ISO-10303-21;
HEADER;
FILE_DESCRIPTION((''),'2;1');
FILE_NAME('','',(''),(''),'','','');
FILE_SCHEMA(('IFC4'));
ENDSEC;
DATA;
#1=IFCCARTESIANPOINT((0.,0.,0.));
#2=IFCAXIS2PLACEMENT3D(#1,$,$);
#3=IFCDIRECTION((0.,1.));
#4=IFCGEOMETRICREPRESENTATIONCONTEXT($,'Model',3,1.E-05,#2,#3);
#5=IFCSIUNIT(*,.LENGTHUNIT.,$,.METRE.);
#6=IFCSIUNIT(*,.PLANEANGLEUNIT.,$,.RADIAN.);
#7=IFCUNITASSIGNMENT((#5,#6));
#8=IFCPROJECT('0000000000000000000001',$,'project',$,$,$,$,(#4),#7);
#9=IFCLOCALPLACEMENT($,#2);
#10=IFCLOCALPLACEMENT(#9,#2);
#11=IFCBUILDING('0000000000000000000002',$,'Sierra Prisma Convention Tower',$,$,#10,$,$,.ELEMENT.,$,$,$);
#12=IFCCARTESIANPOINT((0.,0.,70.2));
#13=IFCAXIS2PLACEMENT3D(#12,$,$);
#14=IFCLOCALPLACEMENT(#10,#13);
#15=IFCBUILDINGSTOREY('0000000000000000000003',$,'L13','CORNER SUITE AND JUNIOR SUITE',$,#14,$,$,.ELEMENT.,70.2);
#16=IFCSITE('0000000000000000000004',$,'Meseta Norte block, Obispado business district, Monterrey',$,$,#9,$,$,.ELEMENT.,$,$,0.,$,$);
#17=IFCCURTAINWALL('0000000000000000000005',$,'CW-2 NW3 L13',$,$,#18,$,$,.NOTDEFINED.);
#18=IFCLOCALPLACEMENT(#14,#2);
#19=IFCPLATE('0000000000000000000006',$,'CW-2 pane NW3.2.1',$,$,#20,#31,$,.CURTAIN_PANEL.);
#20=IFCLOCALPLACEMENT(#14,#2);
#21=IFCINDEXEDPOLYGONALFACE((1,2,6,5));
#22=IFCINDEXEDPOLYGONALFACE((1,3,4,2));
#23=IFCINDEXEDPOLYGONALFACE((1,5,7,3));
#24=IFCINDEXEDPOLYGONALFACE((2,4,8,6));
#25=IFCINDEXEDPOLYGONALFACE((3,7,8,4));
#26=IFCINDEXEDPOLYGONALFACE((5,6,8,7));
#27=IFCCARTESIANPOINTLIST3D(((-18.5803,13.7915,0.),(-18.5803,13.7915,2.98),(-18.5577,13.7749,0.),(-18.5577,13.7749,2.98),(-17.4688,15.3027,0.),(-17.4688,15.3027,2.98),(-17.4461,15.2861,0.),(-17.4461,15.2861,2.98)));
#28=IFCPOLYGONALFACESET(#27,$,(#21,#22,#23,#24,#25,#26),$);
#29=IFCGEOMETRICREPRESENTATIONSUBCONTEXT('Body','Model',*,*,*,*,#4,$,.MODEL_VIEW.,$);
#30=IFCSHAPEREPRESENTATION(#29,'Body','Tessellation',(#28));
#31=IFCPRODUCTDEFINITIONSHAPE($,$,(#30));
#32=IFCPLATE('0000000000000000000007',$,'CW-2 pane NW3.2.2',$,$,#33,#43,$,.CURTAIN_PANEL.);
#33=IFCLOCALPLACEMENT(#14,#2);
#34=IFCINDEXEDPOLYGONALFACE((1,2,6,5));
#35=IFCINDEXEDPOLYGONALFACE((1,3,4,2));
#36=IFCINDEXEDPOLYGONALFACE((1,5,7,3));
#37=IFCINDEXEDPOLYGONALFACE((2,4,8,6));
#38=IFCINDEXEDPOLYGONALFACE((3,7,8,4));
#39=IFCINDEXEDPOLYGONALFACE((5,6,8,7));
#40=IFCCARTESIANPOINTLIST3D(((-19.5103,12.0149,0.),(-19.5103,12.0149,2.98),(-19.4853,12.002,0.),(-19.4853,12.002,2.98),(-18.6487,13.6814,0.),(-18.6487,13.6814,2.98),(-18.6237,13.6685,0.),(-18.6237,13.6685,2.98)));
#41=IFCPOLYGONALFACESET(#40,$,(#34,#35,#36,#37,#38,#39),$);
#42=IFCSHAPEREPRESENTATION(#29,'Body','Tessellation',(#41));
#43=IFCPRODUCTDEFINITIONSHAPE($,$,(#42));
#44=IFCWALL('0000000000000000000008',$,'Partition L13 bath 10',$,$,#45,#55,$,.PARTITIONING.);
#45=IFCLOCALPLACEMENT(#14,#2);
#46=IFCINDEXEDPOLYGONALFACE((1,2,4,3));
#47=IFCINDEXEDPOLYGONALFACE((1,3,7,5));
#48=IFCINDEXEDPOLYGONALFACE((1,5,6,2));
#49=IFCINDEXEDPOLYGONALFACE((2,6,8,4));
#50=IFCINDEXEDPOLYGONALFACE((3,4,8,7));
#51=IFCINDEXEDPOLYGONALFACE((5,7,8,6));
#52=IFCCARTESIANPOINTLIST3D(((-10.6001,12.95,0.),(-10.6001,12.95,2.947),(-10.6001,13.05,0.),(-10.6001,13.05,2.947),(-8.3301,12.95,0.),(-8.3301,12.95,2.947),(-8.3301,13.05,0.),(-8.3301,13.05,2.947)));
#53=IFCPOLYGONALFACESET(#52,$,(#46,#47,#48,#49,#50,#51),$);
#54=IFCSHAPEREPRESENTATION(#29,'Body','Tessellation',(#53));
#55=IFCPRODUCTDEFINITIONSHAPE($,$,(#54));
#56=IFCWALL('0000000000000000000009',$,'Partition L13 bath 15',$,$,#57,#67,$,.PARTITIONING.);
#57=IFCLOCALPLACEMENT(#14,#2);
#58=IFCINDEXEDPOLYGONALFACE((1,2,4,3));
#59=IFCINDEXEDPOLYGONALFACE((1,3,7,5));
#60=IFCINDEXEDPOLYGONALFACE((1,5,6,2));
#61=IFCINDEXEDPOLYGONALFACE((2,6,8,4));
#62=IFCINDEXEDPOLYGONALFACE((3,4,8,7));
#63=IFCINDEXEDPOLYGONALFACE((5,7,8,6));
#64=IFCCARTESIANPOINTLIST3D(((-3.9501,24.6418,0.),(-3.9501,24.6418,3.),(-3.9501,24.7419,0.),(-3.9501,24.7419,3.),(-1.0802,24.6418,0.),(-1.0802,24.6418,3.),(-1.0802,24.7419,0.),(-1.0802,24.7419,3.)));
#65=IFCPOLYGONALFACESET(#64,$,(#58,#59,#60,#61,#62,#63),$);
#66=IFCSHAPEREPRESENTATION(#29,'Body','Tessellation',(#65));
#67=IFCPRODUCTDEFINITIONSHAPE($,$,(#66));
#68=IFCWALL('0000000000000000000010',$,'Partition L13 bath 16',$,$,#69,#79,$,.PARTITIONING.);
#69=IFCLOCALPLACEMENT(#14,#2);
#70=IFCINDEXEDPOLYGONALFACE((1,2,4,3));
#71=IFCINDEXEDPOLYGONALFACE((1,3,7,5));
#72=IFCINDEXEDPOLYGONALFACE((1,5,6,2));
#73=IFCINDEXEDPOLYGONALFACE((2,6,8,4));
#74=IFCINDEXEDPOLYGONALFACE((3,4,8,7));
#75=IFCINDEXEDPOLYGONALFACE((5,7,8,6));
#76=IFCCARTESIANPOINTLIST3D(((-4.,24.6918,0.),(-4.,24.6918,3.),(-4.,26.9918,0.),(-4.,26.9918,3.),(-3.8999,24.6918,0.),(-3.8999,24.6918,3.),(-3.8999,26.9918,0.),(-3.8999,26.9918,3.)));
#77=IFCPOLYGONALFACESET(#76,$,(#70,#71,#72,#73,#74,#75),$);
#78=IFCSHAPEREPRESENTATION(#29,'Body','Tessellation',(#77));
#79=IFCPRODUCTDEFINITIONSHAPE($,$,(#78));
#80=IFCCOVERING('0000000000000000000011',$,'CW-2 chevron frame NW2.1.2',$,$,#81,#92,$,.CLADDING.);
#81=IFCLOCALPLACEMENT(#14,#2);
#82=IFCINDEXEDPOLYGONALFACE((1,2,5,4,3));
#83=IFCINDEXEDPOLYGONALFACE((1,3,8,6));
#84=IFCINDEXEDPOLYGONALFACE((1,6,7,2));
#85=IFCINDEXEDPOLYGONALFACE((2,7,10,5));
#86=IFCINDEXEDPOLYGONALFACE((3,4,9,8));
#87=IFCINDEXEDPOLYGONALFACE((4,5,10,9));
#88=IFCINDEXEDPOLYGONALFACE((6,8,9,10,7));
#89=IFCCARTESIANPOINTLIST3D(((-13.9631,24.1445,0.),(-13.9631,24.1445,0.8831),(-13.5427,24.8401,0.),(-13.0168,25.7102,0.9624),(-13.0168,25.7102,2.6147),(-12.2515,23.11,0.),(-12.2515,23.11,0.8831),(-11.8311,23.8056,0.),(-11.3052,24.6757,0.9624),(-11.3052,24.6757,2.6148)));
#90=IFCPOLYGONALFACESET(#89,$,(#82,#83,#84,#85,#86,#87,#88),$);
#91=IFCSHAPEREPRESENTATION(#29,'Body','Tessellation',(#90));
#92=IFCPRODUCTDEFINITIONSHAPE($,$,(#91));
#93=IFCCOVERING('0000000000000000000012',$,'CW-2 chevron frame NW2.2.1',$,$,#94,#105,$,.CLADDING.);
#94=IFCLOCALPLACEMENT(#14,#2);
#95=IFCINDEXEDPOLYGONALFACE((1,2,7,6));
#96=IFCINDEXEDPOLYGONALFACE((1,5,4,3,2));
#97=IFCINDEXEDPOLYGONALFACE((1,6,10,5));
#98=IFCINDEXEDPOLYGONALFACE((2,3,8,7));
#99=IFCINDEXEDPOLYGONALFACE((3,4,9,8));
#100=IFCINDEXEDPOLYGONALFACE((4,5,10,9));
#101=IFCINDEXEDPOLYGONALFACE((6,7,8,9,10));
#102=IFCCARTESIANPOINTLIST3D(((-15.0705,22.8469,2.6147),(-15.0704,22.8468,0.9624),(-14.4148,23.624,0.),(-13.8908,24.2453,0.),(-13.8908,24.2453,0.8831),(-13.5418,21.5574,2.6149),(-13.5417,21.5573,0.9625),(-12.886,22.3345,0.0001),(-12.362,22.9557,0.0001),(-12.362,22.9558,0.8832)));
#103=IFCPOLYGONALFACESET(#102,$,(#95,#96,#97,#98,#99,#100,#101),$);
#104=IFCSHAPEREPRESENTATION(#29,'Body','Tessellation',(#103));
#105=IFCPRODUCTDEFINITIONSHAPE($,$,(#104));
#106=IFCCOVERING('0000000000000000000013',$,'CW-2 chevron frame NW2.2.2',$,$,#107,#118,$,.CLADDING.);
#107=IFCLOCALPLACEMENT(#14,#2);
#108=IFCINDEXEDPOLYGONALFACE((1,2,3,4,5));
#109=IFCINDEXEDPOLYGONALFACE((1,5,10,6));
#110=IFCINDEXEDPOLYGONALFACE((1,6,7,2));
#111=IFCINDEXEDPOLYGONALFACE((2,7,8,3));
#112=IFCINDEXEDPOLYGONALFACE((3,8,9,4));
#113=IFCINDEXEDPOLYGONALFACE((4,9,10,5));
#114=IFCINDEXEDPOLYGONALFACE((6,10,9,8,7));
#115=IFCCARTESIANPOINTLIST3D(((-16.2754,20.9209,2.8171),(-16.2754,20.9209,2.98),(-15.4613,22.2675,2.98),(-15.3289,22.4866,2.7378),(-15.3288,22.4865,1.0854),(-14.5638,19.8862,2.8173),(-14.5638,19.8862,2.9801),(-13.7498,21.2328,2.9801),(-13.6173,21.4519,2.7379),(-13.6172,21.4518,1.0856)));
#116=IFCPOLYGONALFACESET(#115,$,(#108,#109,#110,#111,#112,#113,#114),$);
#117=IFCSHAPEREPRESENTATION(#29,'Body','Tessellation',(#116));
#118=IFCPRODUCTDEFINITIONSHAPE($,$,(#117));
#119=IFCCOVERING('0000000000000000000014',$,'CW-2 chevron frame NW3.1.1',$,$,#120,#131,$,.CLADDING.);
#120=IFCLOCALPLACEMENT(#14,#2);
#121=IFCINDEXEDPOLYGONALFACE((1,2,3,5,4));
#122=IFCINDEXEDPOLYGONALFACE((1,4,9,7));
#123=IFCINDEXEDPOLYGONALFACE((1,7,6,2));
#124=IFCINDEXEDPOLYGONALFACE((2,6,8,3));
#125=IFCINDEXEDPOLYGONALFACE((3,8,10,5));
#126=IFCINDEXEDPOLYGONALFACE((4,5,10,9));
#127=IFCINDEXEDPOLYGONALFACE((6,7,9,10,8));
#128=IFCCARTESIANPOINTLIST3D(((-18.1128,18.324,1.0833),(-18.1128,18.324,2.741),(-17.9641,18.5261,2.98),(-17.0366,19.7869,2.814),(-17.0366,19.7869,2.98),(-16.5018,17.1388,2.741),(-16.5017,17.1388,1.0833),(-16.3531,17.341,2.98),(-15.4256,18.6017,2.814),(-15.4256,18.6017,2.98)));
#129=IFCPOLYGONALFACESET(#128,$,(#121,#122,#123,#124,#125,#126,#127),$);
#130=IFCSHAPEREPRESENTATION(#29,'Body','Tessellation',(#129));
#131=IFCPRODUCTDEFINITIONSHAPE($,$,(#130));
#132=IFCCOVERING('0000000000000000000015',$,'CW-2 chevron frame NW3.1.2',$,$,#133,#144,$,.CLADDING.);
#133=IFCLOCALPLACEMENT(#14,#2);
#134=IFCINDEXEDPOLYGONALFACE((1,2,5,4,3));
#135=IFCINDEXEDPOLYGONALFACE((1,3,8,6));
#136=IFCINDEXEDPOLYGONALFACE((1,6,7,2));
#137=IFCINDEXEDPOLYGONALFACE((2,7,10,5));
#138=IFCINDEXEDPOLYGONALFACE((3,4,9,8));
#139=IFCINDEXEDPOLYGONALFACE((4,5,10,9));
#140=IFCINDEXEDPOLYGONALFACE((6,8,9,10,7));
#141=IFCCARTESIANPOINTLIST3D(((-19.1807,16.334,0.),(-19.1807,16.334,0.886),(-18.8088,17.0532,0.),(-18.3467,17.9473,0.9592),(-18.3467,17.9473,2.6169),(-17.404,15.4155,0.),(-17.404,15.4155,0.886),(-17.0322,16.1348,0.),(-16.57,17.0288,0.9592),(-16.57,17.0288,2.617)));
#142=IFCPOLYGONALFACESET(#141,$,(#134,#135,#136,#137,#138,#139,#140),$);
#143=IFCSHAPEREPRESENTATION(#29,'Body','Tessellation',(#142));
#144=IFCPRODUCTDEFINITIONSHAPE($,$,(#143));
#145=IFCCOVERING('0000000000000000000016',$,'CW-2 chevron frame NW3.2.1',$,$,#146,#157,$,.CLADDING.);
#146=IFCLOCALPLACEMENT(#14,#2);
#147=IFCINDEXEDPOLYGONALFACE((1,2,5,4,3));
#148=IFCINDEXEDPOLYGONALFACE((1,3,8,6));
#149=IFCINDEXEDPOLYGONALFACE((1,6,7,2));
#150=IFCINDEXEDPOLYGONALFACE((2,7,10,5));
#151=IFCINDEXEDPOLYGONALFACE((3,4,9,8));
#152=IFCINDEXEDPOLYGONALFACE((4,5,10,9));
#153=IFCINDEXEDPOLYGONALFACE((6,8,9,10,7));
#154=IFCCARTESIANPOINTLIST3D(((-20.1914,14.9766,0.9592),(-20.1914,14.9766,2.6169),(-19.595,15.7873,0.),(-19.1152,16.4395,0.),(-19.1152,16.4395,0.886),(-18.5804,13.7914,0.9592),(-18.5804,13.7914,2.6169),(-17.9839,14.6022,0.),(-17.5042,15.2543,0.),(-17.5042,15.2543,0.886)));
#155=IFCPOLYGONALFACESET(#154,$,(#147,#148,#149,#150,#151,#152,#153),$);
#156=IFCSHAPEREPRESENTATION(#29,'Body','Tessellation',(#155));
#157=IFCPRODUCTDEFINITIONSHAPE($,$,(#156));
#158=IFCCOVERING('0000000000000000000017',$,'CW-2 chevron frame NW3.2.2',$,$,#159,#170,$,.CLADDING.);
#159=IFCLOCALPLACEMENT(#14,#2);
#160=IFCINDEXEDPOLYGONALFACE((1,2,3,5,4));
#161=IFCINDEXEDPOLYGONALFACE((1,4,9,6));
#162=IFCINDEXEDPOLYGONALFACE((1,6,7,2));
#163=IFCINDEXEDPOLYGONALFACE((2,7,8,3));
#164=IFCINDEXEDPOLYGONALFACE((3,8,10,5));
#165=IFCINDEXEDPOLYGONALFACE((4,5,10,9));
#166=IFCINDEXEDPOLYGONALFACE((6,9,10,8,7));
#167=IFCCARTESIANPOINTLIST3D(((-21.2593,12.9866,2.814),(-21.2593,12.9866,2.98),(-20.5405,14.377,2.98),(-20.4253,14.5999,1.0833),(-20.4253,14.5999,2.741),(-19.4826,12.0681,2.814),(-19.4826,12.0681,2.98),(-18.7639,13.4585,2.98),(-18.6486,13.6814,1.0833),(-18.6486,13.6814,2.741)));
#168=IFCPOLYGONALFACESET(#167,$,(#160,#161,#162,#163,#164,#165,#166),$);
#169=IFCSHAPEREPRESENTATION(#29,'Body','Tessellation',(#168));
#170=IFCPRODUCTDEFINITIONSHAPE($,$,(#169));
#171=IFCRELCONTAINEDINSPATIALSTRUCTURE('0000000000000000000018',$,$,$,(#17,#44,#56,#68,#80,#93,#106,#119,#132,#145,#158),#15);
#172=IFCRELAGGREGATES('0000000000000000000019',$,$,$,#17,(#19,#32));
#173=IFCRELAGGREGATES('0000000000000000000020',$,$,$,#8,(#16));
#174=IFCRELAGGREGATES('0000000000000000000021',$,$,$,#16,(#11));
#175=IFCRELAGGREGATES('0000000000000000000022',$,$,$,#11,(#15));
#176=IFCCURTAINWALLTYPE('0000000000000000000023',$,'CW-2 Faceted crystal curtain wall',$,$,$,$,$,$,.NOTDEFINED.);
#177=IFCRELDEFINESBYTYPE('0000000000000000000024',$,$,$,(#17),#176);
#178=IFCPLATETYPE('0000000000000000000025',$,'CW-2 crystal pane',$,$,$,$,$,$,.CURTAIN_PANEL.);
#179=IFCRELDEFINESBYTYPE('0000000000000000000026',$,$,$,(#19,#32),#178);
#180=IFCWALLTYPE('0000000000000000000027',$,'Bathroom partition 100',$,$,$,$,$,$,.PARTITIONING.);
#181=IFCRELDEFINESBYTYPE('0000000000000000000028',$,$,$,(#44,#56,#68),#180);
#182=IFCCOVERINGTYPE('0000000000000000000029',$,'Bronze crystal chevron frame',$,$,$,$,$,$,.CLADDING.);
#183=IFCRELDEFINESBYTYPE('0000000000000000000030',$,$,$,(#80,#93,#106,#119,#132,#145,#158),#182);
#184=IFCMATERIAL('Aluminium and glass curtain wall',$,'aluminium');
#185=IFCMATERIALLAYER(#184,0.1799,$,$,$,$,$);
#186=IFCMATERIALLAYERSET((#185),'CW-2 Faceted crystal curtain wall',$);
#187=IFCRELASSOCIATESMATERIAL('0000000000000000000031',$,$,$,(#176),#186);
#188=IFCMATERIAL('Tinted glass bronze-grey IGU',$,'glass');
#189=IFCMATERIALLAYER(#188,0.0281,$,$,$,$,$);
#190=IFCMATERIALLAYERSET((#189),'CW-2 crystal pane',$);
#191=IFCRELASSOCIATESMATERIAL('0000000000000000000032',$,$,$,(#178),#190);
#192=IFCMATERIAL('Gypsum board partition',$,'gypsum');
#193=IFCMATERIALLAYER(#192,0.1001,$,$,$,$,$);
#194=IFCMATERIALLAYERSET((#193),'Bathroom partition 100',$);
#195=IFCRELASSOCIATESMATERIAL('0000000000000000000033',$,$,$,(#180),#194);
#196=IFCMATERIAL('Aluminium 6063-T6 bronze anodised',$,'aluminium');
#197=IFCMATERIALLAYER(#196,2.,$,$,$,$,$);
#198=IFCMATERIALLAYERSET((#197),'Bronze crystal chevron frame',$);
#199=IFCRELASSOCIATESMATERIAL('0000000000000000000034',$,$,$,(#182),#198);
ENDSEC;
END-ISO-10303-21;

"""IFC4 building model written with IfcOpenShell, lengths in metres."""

from ifc_helpers import new_model, si_unit, direction, frame, frame_2d, origin, place, context, subcontext, project, spatial, polyline, rectangle, outline, extrude, material, layer, layer_set, type_object, element, aggregate, save


model = new_model("IFC4")

# Units and contexts
model_context = context("Model", 3, precision=1e-05, world=origin(), true_north=direction((0.0, 1.0)))
body_context = subcontext(model_context, "Body", "Model", "MODEL_VIEW")
ifc_project = project(units=[si_unit("LENGTHUNIT", "METRE"), si_unit("PLANEANGLEUNIT", "RADIAN")], contexts=[model_context])

# Site, building, storey
site_placement = place(None, origin())
site = spatial("IfcSite", under=ifc_project, at=site_placement, Name="Meseta Norte block, Obispado business district, Monterrey", CompositionType="ELEMENT", RefElevation=0.0)
building_placement = place(site_placement, origin())
building = spatial("IfcBuilding", under=site, at=building_placement, Name="Sierra Prisma Convention Tower", CompositionType="ELEMENT")
storey_placement = place(building_placement, frame((0.0, 0.0, 70.2)))
storey = spatial("IfcBuildingStorey", under=building, at=storey_placement, Name="L13", Description="CORNER SUITE AND JUNIOR SUITE", CompositionType="ELEMENT", Elevation=70.2)

# Curtain wall
ifc_material_1 = material(Name="Aluminium and glass curtain wall", Category="aluminium")
ifc_layer_1 = layer(ifc_material_1, 0.1799)
ifc_layer_set_1 = layer_set([ifc_layer_1], Name="CW-2 Faceted crystal curtain wall")
curtain_wall_type = type_object("IfcCurtainWallType", Name="CW-2 Faceted crystal curtain wall", PredefinedType="NOTDEFINED", material=ifc_layer_set_1)
curtain_wall_1_placement = place(storey_placement, origin())
curtain_wall_1 = element("IfcCurtainWall", 1, at=curtain_wall_1_placement, inside=storey, type_object=curtain_wall_type, Name="CW-2 NW3 L13", PredefinedType="NOTDEFINED")

# Plates
ifc_material_2 = material(Name="Tinted glass bronze-grey IGU", Category="glass")
ifc_layer_2 = layer(ifc_material_2, 0.0281)
ifc_layer_set_2 = layer_set([ifc_layer_2], Name="CW-2 crystal pane")
plate_type = type_object("IfcPlateType", Name="CW-2 crystal pane", PredefinedType="CURTAIN_PANEL", material=ifc_layer_set_2)
plate_1_placement = place(storey_placement, frame((-17.4688, 15.3027, 0.0), z_axis=(-0.805556, 0.59252, 0.0), x_axis=(-0.59252, -0.805556, 0.0)))
plate_1 = element("IfcPlate", 2, at=plate_1_placement, type_object=plate_type, Name="CW-2 pane NW3.2.1", PredefinedType="CURTAIN_PANEL", context=body_context, shape_type="SweptSolid", body=[
    extrude(outline(polyline([(0.0, 0.0), (1.876, 0.0), (1.876, 2.98), (0.0, 2.98), (0.0, 0.0)])), origin(), (0.0, 0.0, -1.0), 0.0281),
])
plate_2_placement = place(storey_placement, frame((-19.5103, 12.0149, 0.0), z_axis=(-0.888307, 0.459249, 0.0), x_axis=(0.459249, 0.888307, 0.0)))
plate_2 = element("IfcPlate", 3, at=plate_2_placement, type_object=plate_type, Name="CW-2 pane NW3.2.2", PredefinedType="CURTAIN_PANEL", context=body_context, shape_type="SweptSolid", body=[
    extrude(outline(polyline([(0.0, 0.0), (1.876, 0.0), (1.876, -2.98), (0.0, -2.98), (0.0, 0.0)])), origin(), (0.0, 0.0, -1.0), 0.0281),
])
aggregate(curtain_wall_1, [plate_1, plate_2])

# Walls
ifc_material_3 = material(Name="Gypsum board partition", Category="gypsum")
ifc_layer_3 = layer(ifc_material_3, 0.1001)
ifc_layer_set_3 = layer_set([ifc_layer_3], Name="Bathroom partition 100")
wall_type = type_object("IfcWallType", Name="Bathroom partition 100", PredefinedType="PARTITIONING", material=ifc_layer_set_3)
wall_1_placement = place(storey_placement, frame((-10.6001, 13.0, 0.0), z_axis=(0.0, 0.0, 1.0), x_axis=(1.0, 0.0, 0.0)))
element("IfcWall", 4, at=wall_1_placement, inside=storey, type_object=wall_type, Name="Partition L13 bath 10", PredefinedType="PARTITIONING", context=body_context, shape_type="SweptSolid", body=[
    extrude(rectangle(XDim=2.27, YDim=0.1001, at=frame_2d((1.135, 0.0))), origin(), (0.0, 0.0, 1.0), 2.947),
])
wall_2_placement = place(storey_placement, frame((-1.0801, 24.6919, 0.0), z_axis=(0.0, 0.0, 1.0), x_axis=(-1.0, 0.0, 0.0)))
element("IfcWall", 5, at=wall_2_placement, inside=storey, type_object=wall_type, Name="Partition L13 bath 15", PredefinedType="PARTITIONING", context=body_context, shape_type="SweptSolid", body=[
    extrude(rectangle(XDim=2.8699, YDim=0.1001, at=frame_2d((1.4351, 0.0))), origin(), (0.0, 0.0, 1.0), 3.0),
])
wall_3_placement = place(storey_placement, frame((-3.95, 24.6919, 0.0), z_axis=(0.0, 0.0, 1.0), x_axis=(0.0, 1.0, 0.0)))
element("IfcWall", 6, at=wall_3_placement, inside=storey, type_object=wall_type, Name="Partition L13 bath 16", PredefinedType="PARTITIONING", context=body_context, shape_type="SweptSolid", body=[
    extrude(rectangle(XDim=2.3, YDim=0.1001, at=frame_2d((1.1499, 0.0))), origin(), (0.0, 0.0, 1.0), 3.0),
])

# Coverings
ifc_material_4 = material(Name="Aluminium 6063-T6 bronze anodised", Category="aluminium")
ifc_layer_4 = layer(ifc_material_4, 2.0)
ifc_layer_set_4 = layer_set([ifc_layer_4], Name="Bronze crystal chevron frame")
covering_type = type_object("IfcCoveringType", Name="Bronze crystal chevron frame", PredefinedType="CLADDING", material=ifc_layer_set_4)
covering_1_placement = place(storey_placement, frame((-13.0168, 25.7102, 2.6147), z_axis=(-0.855827, 0.517263, -0.000005), x_axis=(0.000004, -0.000003, -1.0)))
element("IfcCovering", 7, at=covering_1_placement, inside=storey, type_object=covering_type, Name="CW-2 chevron frame NW2.1.2", PredefinedType="CLADDING", context=body_context, shape_type="SweptSolid", body=[
    extrude(outline(polyline([(0.0, 0.0), (1.6523, 0.0), (2.6147, 1.0167), (2.6147, 1.8294), (1.7317, 1.8294), (0.0, 0.0)])), origin(), (0.0, 0.0, -1.0), 2.0),
])
covering_2_placement = place(storey_placement, frame((-14.4148, 23.624, 0.0), z_axis=(-0.764376, 0.64477, -0.000057), x_axis=(-0.468308, -0.55512, 0.687408)))
element("IfcCovering", 8, at=covering_2_placement, inside=storey, type_object=covering_type, Name="CW-2 chevron frame NW2.2.1", PredefinedType="CLADDING", context=body_context, shape_type="SweptSolid", body=[
    extrude(outline(polyline([(0.0, 0.0), (1.4, 0.0), (2.5359, 1.2), (0.0167, 1.2), (-0.5903, 0.5587), (0.0, 0.0)])), origin(), (0.0, 0.0, -1.0), 2.0),
])
covering_3_placement = place(storey_placement, frame((-16.2754, 20.9209, 2.98), z_axis=(-0.855774, 0.51735, -0.000074), x_axis=(0.51735, 0.855774, 0.0)))
element("IfcCovering", 9, at=covering_3_placement, inside=storey, type_object=covering_type, Name="CW-2 chevron frame NW2.2.2", PredefinedType="CLADDING", context=body_context, shape_type="SweptSolid", body=[
    extrude(outline(polyline([(0.0, 0.0), (1.5736, 0.0), (1.8296, 0.2422), (1.8296, 1.8945), (0.0, 0.1628), (0.0, 0.0)])), origin(), (0.0, 0.0, -1.0), 2.0),
])
covering_4_placement = place(storey_placement, frame((-17.0366, 19.7869, 2.98), z_axis=(-0.805514, 0.592576, -0.000011), x_axis=(0.000009, -0.000007, -1.0)))
element("IfcCovering", 10, at=covering_4_placement, inside=storey, type_object=covering_type, Name="CW-2 chevron frame NW3.1.1", PredefinedType="CLADDING", context=body_context, shape_type="SweptSolid", body=[
    extrude(outline(polyline([(0.0, 0.0), (0.166, 0.0), (1.8967, 1.8161), (0.239, 1.8161), (0.0, 1.5652), (0.0, 0.0)])), origin(), (0.0, 0.0, -1.0), 2.0),
])
covering_5_placement = place(storey_placement, frame((-18.3467, 17.9473, 2.6169), z_axis=(-0.888322, 0.45922, -0.000005), x_axis=(0.000004, -0.000002, -1.0)))
element("IfcCovering", 11, at=covering_5_placement, inside=storey, type_object=covering_type, Name="CW-2 chevron frame NW3.1.2", PredefinedType="CLADDING", context=body_context, shape_type="SweptSolid", body=[
    extrude(outline(polyline([(0.0, 0.0), (1.6577, 0.0), (2.6169, 1.0064), (2.6169, 1.8161), (1.731, 1.8161), (0.0, 0.0)])), origin(), (0.0, 0.0, -1.0), 2.0),
])
covering_6_placement = place(storey_placement, frame((-19.1152, 16.4395, 0.0), z_axis=(-0.805513, 0.592578, 0.000006), x_axis=(-0.592578, -0.805513, 0.0)))
element("IfcCovering", 12, at=covering_6_placement, inside=storey, type_object=covering_type, Name="CW-2 chevron frame NW3.2.1", PredefinedType="CLADDING", context=body_context, shape_type="SweptSolid", body=[
    extrude(outline(polyline([(0.0, 0.0), (0.8096, 0.0), (1.8161, 0.9592), (1.8161, 2.6169), (0.0, 0.886), (0.0, 0.0)])), origin(), (0.0, 0.0, -1.0), 2.0),
])
covering_7_placement = place(storey_placement, frame((-21.2593, 12.9866, 2.98), z_axis=(-0.888324, 0.459218, -0.000003), x_axis=(0.459218, 0.888324, 0.0)))
element("IfcCovering", 13, at=covering_7_placement, inside=storey, type_object=covering_type, Name="CW-2 chevron frame NW3.2.2", PredefinedType="CLADDING", context=body_context, shape_type="SweptSolid", body=[
    extrude(outline(polyline([(0.0, 0.0), (1.5652, 0.0), (1.8161, 0.239), (1.8161, 1.8967), (0.0, 0.166), (0.0, 0.0)])), origin(), (0.0, 0.0, -1.0), 2.0),
])

save(model, "model.ifc")
